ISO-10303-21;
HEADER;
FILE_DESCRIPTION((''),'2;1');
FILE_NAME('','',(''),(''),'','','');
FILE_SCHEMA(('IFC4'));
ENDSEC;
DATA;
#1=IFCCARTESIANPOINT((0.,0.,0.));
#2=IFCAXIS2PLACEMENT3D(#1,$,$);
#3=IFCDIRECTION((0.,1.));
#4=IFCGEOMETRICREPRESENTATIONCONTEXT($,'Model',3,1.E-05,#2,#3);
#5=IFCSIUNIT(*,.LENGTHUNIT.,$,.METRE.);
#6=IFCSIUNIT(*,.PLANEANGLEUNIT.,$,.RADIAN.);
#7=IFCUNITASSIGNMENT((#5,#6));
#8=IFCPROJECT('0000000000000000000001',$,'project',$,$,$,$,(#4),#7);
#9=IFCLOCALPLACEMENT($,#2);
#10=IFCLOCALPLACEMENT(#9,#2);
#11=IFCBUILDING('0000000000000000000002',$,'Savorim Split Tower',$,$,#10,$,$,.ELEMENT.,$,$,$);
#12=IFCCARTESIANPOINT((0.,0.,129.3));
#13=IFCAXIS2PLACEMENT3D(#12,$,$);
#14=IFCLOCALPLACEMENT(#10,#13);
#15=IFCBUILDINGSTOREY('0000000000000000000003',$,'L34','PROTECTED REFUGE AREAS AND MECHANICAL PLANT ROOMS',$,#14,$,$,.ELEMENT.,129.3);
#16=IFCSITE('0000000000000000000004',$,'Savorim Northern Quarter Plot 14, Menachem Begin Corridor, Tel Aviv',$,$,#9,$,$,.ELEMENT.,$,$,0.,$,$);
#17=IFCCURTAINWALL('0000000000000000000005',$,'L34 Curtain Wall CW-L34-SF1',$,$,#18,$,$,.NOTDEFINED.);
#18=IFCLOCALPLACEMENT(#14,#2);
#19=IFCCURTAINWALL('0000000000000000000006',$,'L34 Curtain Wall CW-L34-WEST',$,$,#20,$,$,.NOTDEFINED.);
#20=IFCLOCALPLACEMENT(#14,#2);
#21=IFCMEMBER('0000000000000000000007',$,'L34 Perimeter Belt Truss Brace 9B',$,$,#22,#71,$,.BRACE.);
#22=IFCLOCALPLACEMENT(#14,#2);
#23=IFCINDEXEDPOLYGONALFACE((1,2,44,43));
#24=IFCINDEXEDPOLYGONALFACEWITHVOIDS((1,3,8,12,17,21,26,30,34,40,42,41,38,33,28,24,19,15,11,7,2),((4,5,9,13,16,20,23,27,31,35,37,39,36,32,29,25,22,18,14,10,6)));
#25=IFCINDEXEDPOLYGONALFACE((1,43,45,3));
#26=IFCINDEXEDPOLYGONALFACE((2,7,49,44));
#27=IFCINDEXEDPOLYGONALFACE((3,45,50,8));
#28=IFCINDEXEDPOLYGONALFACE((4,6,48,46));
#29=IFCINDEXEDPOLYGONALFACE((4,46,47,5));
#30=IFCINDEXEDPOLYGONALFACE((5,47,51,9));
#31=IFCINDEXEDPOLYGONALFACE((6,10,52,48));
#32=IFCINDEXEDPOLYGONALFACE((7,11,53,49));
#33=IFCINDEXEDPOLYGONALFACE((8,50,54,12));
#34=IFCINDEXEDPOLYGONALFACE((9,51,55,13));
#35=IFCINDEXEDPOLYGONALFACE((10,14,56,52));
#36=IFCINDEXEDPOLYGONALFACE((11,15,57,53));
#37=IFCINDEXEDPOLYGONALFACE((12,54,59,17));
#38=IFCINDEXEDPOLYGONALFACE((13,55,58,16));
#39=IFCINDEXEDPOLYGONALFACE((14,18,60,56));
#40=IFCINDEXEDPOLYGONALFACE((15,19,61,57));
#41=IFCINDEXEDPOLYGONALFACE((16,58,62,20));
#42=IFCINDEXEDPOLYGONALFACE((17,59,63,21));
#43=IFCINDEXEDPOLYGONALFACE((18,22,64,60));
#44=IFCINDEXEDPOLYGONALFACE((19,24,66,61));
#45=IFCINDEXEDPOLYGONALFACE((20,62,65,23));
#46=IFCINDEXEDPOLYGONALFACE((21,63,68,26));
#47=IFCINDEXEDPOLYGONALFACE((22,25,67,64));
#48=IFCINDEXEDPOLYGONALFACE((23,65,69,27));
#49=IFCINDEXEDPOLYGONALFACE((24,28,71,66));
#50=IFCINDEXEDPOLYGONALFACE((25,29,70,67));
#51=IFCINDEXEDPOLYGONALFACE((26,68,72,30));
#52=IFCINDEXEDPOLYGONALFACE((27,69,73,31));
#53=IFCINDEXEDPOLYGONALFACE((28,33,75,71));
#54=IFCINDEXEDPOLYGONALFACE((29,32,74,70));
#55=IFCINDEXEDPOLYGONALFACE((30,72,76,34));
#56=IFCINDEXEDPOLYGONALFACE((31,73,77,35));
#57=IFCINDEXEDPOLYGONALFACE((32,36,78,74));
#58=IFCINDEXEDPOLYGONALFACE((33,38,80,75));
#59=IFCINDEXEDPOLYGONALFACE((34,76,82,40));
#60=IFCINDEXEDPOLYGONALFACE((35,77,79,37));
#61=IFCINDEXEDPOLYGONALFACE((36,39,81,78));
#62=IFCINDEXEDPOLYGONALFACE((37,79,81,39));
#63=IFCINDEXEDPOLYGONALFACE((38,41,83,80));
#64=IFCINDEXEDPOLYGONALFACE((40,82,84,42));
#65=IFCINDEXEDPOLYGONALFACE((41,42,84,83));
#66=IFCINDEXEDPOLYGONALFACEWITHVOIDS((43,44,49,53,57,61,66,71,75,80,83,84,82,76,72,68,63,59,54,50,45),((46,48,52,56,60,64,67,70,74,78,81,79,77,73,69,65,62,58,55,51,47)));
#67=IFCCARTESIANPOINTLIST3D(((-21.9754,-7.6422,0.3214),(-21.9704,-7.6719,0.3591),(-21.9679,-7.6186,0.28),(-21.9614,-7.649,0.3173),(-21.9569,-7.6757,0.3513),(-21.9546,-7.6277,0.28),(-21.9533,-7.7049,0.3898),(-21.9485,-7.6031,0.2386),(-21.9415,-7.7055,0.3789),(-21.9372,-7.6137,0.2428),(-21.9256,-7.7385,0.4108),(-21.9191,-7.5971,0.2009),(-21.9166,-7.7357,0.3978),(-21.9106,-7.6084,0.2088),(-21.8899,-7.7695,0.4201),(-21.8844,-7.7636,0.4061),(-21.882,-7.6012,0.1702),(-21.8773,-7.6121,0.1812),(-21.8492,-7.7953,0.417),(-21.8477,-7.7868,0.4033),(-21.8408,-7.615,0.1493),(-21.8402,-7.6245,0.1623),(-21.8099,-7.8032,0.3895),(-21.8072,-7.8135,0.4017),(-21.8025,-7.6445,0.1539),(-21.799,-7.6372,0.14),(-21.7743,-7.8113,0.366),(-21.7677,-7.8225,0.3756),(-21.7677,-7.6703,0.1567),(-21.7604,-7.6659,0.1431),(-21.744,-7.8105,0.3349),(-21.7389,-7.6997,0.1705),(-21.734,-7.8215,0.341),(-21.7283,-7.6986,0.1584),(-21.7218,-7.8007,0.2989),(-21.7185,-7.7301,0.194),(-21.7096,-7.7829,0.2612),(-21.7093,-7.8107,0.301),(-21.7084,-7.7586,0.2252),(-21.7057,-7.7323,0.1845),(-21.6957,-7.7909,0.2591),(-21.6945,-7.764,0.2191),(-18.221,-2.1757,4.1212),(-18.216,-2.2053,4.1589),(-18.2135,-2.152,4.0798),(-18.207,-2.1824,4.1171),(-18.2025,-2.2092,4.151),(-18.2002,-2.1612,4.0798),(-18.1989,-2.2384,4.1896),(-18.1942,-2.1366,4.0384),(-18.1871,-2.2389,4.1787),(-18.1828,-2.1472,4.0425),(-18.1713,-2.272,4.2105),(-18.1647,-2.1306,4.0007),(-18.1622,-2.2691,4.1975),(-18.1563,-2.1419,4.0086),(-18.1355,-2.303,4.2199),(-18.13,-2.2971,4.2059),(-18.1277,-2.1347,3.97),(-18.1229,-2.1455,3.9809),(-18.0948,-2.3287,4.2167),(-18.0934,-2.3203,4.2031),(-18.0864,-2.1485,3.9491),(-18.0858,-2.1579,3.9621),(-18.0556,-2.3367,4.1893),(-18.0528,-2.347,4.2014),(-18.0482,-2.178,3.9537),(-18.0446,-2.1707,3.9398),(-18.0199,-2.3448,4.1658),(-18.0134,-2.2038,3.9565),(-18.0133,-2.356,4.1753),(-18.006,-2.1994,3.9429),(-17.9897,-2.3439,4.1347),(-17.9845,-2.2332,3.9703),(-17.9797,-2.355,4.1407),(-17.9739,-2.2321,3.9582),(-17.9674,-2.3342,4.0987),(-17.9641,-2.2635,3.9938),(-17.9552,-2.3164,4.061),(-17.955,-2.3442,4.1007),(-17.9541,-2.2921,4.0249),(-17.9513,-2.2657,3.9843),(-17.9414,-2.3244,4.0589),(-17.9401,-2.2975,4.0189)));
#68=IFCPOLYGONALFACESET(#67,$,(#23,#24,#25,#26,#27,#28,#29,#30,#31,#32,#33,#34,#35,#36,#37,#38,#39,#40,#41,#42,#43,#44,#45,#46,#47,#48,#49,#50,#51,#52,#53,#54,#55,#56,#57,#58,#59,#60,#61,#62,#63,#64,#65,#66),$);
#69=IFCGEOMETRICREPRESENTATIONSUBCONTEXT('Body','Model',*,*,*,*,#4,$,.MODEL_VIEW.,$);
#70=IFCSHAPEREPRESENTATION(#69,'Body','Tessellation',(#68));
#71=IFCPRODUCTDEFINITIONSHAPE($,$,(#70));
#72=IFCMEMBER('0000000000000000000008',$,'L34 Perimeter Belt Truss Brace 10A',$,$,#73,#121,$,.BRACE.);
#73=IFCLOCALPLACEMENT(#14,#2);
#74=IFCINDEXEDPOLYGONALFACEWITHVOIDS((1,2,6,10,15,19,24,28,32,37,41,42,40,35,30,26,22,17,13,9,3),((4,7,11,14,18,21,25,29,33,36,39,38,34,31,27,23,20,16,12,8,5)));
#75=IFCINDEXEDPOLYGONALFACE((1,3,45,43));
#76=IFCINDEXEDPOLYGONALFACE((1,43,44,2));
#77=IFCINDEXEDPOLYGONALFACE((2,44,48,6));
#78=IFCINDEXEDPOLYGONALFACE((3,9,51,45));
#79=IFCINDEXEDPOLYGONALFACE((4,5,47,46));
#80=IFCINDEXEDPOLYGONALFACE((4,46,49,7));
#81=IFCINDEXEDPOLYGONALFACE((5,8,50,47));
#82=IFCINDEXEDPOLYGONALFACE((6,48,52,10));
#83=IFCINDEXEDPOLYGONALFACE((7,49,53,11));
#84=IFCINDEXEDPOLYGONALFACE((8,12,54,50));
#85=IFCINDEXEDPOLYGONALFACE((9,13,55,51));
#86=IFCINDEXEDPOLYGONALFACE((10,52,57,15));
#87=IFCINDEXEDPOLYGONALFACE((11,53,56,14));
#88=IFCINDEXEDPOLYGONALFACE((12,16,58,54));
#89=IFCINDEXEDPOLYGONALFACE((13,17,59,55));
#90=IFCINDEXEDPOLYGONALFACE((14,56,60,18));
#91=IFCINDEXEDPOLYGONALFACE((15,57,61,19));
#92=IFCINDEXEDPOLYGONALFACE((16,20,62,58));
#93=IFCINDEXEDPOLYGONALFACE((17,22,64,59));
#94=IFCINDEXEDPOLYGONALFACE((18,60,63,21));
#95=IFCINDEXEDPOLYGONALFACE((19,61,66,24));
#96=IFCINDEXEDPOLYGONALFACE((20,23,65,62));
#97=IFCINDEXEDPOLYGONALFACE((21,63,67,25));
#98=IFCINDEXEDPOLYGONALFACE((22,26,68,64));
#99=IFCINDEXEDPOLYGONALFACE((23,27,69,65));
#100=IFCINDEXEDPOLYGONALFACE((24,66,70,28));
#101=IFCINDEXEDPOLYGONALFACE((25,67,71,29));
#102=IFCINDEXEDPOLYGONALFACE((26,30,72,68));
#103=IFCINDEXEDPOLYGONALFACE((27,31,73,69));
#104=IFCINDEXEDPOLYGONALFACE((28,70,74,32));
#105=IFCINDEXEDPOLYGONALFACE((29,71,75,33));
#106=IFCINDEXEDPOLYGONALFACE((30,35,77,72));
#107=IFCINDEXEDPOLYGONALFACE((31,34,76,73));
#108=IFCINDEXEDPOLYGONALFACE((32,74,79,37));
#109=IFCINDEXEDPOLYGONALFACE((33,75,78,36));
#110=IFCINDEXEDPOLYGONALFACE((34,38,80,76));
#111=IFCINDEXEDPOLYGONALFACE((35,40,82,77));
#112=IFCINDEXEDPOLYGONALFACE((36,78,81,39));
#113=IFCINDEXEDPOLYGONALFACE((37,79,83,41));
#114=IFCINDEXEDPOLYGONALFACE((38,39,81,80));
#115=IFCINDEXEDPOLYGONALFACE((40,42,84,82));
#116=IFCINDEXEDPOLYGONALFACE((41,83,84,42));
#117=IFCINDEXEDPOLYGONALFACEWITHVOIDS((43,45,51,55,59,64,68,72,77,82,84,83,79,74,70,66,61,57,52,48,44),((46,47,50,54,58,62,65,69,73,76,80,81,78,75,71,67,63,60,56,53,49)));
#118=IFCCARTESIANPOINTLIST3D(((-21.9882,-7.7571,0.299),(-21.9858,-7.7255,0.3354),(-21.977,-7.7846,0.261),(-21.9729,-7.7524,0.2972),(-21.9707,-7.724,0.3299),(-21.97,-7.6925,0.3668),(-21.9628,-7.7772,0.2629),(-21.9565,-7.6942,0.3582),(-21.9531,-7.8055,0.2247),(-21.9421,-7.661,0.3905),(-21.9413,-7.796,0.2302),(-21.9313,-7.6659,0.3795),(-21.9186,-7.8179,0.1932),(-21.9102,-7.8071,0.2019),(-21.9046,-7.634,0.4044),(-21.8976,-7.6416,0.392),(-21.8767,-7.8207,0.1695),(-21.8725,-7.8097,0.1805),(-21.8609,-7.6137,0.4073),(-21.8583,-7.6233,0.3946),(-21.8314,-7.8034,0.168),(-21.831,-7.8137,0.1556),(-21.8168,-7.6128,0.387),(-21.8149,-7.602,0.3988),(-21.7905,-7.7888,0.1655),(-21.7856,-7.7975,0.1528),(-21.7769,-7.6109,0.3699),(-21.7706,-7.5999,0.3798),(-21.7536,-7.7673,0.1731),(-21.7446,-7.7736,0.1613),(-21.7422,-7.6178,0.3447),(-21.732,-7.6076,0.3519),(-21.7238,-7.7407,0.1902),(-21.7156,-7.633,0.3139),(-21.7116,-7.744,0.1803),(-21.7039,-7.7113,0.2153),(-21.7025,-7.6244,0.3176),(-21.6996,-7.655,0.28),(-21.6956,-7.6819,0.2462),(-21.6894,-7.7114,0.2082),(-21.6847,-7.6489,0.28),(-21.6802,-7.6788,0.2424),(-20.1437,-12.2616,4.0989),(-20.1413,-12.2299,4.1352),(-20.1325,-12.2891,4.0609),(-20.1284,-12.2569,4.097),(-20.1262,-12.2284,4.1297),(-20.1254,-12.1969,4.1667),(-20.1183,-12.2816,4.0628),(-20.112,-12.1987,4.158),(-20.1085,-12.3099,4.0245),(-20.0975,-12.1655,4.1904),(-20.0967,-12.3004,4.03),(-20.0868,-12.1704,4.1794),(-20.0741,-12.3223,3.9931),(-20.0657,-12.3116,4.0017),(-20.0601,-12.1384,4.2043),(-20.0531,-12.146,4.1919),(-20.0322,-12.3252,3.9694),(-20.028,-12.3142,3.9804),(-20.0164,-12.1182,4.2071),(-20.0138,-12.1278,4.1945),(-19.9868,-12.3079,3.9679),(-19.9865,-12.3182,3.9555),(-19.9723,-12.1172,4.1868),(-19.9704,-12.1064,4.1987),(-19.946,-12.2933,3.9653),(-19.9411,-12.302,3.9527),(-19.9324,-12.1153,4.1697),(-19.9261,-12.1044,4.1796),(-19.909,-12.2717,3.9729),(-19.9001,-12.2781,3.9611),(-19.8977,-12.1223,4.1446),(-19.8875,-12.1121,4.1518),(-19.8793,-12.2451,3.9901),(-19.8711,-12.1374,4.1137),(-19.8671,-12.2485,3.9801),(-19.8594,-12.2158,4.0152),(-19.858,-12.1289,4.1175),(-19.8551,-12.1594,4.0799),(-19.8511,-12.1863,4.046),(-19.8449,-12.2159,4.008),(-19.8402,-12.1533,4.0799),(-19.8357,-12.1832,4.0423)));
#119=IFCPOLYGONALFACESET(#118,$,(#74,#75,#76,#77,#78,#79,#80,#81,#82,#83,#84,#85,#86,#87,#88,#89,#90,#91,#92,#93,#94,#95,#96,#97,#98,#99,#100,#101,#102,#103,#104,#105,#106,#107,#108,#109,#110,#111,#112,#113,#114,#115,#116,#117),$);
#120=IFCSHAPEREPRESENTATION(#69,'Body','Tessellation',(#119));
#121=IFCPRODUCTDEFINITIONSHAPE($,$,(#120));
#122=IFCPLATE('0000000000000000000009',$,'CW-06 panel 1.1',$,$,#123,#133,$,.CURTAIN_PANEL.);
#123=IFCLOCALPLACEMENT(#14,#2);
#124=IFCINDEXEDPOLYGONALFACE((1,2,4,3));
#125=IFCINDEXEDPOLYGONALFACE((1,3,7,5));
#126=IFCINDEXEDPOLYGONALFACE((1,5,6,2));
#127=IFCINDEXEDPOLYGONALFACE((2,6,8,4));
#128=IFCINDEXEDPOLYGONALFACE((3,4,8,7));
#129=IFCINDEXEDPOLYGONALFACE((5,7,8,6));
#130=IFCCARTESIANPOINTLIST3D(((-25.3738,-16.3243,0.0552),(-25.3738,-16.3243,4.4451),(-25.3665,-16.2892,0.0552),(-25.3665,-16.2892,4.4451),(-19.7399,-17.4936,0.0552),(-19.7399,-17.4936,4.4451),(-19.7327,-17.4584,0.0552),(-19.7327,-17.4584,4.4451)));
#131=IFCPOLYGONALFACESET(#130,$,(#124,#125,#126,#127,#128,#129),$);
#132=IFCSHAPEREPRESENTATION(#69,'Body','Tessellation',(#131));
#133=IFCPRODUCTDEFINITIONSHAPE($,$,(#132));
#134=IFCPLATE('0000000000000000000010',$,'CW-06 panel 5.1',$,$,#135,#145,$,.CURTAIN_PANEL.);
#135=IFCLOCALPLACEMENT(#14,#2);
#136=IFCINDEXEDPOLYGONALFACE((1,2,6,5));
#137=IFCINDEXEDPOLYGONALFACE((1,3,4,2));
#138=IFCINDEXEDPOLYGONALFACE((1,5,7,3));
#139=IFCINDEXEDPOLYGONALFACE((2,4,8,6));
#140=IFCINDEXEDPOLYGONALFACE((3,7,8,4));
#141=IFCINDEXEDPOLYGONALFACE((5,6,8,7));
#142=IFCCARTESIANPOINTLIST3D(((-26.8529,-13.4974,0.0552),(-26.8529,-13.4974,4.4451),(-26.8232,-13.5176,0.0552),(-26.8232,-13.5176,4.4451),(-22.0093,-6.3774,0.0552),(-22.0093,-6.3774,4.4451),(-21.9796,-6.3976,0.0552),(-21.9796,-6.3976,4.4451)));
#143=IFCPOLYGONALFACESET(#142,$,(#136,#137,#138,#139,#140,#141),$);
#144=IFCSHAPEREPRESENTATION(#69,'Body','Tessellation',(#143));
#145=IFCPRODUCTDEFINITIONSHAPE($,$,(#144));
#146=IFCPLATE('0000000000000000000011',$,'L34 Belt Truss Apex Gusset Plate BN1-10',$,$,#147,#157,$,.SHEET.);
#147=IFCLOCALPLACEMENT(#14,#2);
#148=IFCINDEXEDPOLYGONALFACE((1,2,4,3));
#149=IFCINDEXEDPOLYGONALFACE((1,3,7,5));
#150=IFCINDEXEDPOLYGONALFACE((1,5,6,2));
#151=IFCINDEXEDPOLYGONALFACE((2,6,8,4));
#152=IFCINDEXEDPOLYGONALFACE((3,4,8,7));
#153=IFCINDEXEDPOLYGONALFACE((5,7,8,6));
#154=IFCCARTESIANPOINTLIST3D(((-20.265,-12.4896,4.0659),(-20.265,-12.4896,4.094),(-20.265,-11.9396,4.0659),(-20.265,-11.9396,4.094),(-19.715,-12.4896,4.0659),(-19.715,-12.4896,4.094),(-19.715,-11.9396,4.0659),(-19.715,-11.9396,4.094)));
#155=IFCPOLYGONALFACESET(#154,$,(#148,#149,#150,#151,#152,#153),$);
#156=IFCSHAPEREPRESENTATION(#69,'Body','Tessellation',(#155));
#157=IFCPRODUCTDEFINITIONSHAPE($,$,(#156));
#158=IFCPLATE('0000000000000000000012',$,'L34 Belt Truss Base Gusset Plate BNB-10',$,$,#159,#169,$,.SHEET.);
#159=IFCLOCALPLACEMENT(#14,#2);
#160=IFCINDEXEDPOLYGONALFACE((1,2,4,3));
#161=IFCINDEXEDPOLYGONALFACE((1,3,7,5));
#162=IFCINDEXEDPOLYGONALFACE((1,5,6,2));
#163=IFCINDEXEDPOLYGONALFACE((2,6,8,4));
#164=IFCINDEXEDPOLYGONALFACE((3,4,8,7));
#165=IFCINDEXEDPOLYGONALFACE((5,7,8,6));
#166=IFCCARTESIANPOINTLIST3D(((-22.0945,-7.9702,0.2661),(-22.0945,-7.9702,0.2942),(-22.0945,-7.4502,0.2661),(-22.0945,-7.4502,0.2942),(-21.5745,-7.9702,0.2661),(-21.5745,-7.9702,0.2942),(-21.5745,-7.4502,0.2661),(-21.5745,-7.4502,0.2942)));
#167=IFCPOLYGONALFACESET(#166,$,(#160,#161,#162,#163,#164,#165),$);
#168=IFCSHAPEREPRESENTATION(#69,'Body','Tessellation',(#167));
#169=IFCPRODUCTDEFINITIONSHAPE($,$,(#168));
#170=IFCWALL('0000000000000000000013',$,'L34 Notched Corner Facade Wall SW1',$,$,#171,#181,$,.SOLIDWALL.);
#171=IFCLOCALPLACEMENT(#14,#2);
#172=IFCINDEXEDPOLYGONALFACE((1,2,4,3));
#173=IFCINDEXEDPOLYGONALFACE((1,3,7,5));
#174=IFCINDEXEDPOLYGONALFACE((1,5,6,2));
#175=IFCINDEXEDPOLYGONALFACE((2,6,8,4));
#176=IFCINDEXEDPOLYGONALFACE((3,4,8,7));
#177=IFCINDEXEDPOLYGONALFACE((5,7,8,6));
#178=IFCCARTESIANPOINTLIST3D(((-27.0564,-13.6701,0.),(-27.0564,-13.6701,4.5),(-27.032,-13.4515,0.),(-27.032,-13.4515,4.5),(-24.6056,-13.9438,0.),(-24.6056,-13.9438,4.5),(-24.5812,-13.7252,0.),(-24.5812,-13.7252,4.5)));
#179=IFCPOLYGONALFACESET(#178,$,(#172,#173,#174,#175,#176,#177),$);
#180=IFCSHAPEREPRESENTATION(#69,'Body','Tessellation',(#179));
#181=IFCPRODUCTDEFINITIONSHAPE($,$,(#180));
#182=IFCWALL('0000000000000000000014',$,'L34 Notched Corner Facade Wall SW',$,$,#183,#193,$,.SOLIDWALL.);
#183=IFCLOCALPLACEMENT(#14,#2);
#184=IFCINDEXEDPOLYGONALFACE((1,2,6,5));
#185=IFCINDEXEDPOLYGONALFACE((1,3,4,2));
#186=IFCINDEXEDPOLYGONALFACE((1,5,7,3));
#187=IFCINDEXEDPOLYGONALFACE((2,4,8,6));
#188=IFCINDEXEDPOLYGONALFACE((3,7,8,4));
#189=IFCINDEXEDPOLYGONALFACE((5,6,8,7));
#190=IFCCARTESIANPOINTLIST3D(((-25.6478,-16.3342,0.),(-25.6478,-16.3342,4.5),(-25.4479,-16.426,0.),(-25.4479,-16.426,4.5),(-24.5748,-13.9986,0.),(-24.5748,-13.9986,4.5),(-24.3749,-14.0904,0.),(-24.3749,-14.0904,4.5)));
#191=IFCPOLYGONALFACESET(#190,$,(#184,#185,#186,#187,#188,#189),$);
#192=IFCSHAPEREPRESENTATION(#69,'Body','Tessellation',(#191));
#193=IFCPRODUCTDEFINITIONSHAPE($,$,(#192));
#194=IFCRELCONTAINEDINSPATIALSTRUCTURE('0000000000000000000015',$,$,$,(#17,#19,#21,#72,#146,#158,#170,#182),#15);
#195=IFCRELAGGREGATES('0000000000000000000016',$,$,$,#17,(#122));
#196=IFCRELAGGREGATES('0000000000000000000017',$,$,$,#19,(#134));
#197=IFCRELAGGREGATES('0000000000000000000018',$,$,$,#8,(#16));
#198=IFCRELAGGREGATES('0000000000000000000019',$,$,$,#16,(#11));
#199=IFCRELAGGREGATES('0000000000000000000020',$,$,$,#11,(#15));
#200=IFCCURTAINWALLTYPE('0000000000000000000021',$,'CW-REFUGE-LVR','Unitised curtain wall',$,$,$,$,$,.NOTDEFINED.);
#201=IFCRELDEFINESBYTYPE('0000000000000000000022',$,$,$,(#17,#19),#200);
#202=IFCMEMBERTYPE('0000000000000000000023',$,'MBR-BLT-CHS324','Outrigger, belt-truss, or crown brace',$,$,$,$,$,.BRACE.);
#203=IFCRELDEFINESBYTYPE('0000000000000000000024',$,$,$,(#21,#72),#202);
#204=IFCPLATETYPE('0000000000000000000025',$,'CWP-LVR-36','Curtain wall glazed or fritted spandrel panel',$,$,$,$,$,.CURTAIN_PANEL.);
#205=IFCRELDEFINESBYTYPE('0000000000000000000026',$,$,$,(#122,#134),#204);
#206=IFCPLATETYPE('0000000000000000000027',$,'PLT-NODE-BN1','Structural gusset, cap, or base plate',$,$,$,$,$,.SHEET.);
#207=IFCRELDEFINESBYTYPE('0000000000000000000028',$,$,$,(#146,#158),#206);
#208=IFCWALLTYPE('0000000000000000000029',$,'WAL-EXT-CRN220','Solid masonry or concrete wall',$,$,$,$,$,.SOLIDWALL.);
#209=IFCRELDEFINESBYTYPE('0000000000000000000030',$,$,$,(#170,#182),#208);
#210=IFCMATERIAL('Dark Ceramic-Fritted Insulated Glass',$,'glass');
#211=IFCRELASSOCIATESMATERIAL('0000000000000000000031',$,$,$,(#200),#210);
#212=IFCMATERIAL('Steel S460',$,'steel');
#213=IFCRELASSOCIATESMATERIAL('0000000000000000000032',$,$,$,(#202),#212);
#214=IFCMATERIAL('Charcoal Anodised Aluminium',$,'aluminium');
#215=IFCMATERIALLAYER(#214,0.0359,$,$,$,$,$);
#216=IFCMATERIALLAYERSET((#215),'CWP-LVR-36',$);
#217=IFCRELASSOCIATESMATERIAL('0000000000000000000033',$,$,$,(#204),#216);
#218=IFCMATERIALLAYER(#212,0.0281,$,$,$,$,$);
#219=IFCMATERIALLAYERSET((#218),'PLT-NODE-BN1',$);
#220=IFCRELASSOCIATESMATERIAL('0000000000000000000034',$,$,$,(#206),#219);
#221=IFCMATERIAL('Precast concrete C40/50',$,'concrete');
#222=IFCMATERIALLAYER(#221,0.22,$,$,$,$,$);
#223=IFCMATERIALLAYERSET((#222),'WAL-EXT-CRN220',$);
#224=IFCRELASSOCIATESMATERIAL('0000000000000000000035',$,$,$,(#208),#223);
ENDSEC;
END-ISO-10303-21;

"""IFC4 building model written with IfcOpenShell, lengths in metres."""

from ifc_helpers import new_model, si_unit, direction, frame, frame_2d, origin, origin_2d, place, context, subcontext, project, spatial, rectangle, hollow_circle, extrude, material, layer, layer_set, material_profile, profile_set, type_object, element, aggregate, save


model = new_model("IFC4")

# Units and contexts
model_context = context("Model", 3, precision=1e-05, world=origin(), true_north=direction((0.0, 1.0)))
body_context = subcontext(model_context, "Body", "Model", "MODEL_VIEW")
ifc_project = project(units=[si_unit("LENGTHUNIT", "METRE"), si_unit("PLANEANGLEUNIT", "RADIAN")], contexts=[model_context])

# Site, building, storey
site_placement = place(None, origin())
site = spatial("IfcSite", under=ifc_project, at=site_placement, Name="Savorim Northern Quarter Plot 14, Menachem Begin Corridor, Tel Aviv", CompositionType="ELEMENT", RefElevation=0.0)
building_placement = place(site_placement, origin())
building = spatial("IfcBuilding", under=site, at=building_placement, Name="Savorim Split Tower", CompositionType="ELEMENT")
storey_placement = place(building_placement, frame((0.0, 0.0, 129.3)))
storey = spatial("IfcBuildingStorey", under=building, at=storey_placement, Name="L34", Description="PROTECTED REFUGE AREAS AND MECHANICAL PLANT ROOMS", CompositionType="ELEMENT", Elevation=129.3)

# Shared definitions
ifc_material_1 = material(Name="Steel S460", Category="steel")

# Curtain wall
ifc_material_2 = material(Name="Dark Ceramic-Fritted Insulated Glass", Category="glass")
curtain_wall_type = type_object("IfcCurtainWallType", Name="CW-REFUGE-LVR", Description="Unitised curtain wall", PredefinedType="NOTDEFINED", material=ifc_material_2)
curtain_wall_1_placement = place(storey_placement, origin())
curtain_wall_1 = element("IfcCurtainWall", 1, at=curtain_wall_1_placement, inside=storey, type_object=curtain_wall_type, Name="L34 Curtain Wall CW-L34-SF1", PredefinedType="NOTDEFINED")
ifc_material_3 = material(Name="Charcoal Anodised Aluminium", Category="aluminium")

# Curtain wall
curtain_wall_2_placement = place(storey_placement, origin())
curtain_wall_2 = element("IfcCurtainWall", 2, at=curtain_wall_2_placement, inside=storey, type_object=curtain_wall_type, Name="L34 Curtain Wall CW-L34-WEST", PredefinedType="NOTDEFINED")

# Members
ifc_material_profile_1 = material_profile(ifc_material_1, hollow_circle(Radius=0.1619, WallThickness=0.0161, at=origin_2d()), Name="CHS 323.9x16")
ifc_profile_set_1 = profile_set([ifc_material_profile_1], Name="Steel S460")
member_type_1 = type_object("IfcMemberType", Name="MBR-BLT-CHS324", Description="Outrigger, belt-truss, or crown brace", PredefinedType="BRACE", material=ifc_profile_set_1)
member_1_placement = place(storey_placement, frame((-21.8345, -7.7102, 0.28), z_axis=(0.491213, 0.715226, 0.497154), x_axis=(-0.824314, 0.566133, 0.0)))
element("IfcMember", 3, at=member_1_placement, inside=storey, type_object=member_type_1, Name="L34 Perimeter Belt Truss Brace 9B", PredefinedType="BRACE", context=body_context, shape_type="SweptSolid", body=[
    extrude(hollow_circle(Radius=0.1619, WallThickness=0.0161, at=origin_2d()), origin(), (0.0, 0.0, 1.0), 7.6431),
])
member_2_placement = place(storey_placement, frame((-21.8345, -7.7102, 0.28), z_axis=(0.298703, -0.729461, 0.615356), x_axis=(0.925419, 0.378945, 0.0)))
element("IfcMember", 4, at=member_2_placement, inside=storey, type_object=member_type_1, Name="L34 Perimeter Belt Truss Brace 10A", PredefinedType="BRACE", context=body_context, shape_type="SweptSolid", body=[
    extrude(hollow_circle(Radius=0.1619, WallThickness=0.0161, at=origin_2d()), origin(), (0.0, 0.0, 1.0), 6.175),
])

# Plates
ifc_layer_1 = layer(ifc_material_3, 0.0359)
ifc_layer_set_1 = layer_set([ifc_layer_1], Name="CWP-LVR-36")
plate_type_1 = type_object("IfcPlateType", Name="CWP-LVR-36", Description="Curtain wall glazed or fritted spandrel panel", PredefinedType="CURTAIN_PANEL", material=ifc_layer_set_1)
plate_1_placement = place(storey_placement, frame((-22.5532, -16.8914, 0.0552), z_axis=(0.0, 0.0, 1.0), x_axis=(0.979135, -0.20321, 0.0)))
plate_1 = element("IfcPlate", 5, at=plate_1_placement, type_object=plate_type_1, Name="CW-06 panel 1.1", PredefinedType="CURTAIN_PANEL", context=body_context, shape_type="SweptSolid", body=[
    extrude(rectangle(XDim=5.7539, YDim=0.0359, at=origin_2d()), origin(), (0.0, 0.0, 1.0), 4.3899),
])
aggregate(curtain_wall_1, [plate_1])
plate_2_placement = place(storey_placement, frame((-24.4163, -9.9475, 0.0552), z_axis=(0.0, 0.0, 1.0), x_axis=(-0.562467, -0.82682, 0.0)))
plate_2 = element("IfcPlate", 6, at=plate_2_placement, type_object=plate_type_1, Name="CW-06 panel 5.1", PredefinedType="CURTAIN_PANEL", context=body_context, shape_type="SweptSolid", body=[
    extrude(rectangle(XDim=8.6113, YDim=0.0359, at=origin_2d()), origin(), (0.0, 0.0, 1.0), 4.3899),
])
aggregate(curtain_wall_2, [plate_2])

# Plates
ifc_layer_2 = layer(ifc_material_1, 0.0281)
ifc_layer_set_2 = layer_set([ifc_layer_2], Name="PLT-NODE-BN1")
plate_type_2 = type_object("IfcPlateType", Name="PLT-NODE-BN1", Description="Structural gusset, cap, or base plate", PredefinedType="SHEET", material=ifc_layer_set_2)
plate_3_placement = place(storey_placement, frame((-19.99, -12.2146, 4.0659), z_axis=(0.0, 0.0, 1.0), x_axis=(1.0, 0.0, 0.0)))
element("IfcPlate", 7, at=plate_3_placement, inside=storey, type_object=plate_type_2, Name="L34 Belt Truss Apex Gusset Plate BN1-10", PredefinedType="SHEET", context=body_context, shape_type="SweptSolid", body=[
    extrude(rectangle(XDim=0.55, YDim=0.55, at=origin_2d()), origin(), (0.0, 0.0, 1.0), 0.0281),
])
plate_4_placement = place(storey_placement, frame((-21.8345, -7.7102, 0.2661), z_axis=(0.0, 0.0, 1.0), x_axis=(1.0, 0.0, 0.0)))
element("IfcPlate", 8, at=plate_4_placement, inside=storey, type_object=plate_type_2, Name="L34 Belt Truss Base Gusset Plate BNB-10", PredefinedType="SHEET", context=body_context, shape_type="SweptSolid", body=[
    extrude(rectangle(XDim=0.52, YDim=0.52, at=origin_2d()), origin(), (0.0, 0.0, 1.0), 0.0281),
])

# Walls
ifc_material_4 = material(Name="Precast concrete C40/50", Category="concrete")
ifc_layer_3 = layer(ifc_material_4, 0.22)
ifc_layer_set_3 = layer_set([ifc_layer_3], Name="WAL-EXT-CRN220")
wall_type_1 = type_object("IfcWallType", Name="WAL-EXT-CRN220", Description="Solid masonry or concrete wall", PredefinedType="SOLIDWALL", material=ifc_layer_set_3)
wall_1_placement = place(storey_placement, frame((-24.5935, -13.8345, 0.0), z_axis=(0.0, 0.0, 1.0), x_axis=(-0.993823, 0.110975, 0.0)))
element("IfcWall", 9, at=wall_1_placement, inside=storey, type_object=wall_type_1, Name="L34 Notched Corner Facade Wall SW1", PredefinedType="SOLIDWALL", context=body_context, shape_type="SweptSolid", body=[
    extrude(rectangle(XDim=2.4661, YDim=0.22, at=frame_2d((1.2329, 0.0))), origin(), (0.0, 0.0, 1.0), 4.5),
])
wall_2_placement = place(storey_placement, frame((-25.5479, -16.3801, 0.0), z_axis=(0.0, 0.0, 1.0), x_axis=(0.417449, 0.9087, 0.0)))
element("IfcWall", 10, at=wall_2_placement, inside=storey, type_object=wall_type_1, Name="L34 Notched Corner Facade Wall SW", PredefinedType="SOLIDWALL", context=body_context, shape_type="SweptSolid", body=[
    extrude(rectangle(XDim=2.5703, YDim=0.22, at=frame_2d((1.2852, 0.0))), origin(), (0.0, 0.0, 1.0), 4.5),
])

save(model, "model.ifc")
